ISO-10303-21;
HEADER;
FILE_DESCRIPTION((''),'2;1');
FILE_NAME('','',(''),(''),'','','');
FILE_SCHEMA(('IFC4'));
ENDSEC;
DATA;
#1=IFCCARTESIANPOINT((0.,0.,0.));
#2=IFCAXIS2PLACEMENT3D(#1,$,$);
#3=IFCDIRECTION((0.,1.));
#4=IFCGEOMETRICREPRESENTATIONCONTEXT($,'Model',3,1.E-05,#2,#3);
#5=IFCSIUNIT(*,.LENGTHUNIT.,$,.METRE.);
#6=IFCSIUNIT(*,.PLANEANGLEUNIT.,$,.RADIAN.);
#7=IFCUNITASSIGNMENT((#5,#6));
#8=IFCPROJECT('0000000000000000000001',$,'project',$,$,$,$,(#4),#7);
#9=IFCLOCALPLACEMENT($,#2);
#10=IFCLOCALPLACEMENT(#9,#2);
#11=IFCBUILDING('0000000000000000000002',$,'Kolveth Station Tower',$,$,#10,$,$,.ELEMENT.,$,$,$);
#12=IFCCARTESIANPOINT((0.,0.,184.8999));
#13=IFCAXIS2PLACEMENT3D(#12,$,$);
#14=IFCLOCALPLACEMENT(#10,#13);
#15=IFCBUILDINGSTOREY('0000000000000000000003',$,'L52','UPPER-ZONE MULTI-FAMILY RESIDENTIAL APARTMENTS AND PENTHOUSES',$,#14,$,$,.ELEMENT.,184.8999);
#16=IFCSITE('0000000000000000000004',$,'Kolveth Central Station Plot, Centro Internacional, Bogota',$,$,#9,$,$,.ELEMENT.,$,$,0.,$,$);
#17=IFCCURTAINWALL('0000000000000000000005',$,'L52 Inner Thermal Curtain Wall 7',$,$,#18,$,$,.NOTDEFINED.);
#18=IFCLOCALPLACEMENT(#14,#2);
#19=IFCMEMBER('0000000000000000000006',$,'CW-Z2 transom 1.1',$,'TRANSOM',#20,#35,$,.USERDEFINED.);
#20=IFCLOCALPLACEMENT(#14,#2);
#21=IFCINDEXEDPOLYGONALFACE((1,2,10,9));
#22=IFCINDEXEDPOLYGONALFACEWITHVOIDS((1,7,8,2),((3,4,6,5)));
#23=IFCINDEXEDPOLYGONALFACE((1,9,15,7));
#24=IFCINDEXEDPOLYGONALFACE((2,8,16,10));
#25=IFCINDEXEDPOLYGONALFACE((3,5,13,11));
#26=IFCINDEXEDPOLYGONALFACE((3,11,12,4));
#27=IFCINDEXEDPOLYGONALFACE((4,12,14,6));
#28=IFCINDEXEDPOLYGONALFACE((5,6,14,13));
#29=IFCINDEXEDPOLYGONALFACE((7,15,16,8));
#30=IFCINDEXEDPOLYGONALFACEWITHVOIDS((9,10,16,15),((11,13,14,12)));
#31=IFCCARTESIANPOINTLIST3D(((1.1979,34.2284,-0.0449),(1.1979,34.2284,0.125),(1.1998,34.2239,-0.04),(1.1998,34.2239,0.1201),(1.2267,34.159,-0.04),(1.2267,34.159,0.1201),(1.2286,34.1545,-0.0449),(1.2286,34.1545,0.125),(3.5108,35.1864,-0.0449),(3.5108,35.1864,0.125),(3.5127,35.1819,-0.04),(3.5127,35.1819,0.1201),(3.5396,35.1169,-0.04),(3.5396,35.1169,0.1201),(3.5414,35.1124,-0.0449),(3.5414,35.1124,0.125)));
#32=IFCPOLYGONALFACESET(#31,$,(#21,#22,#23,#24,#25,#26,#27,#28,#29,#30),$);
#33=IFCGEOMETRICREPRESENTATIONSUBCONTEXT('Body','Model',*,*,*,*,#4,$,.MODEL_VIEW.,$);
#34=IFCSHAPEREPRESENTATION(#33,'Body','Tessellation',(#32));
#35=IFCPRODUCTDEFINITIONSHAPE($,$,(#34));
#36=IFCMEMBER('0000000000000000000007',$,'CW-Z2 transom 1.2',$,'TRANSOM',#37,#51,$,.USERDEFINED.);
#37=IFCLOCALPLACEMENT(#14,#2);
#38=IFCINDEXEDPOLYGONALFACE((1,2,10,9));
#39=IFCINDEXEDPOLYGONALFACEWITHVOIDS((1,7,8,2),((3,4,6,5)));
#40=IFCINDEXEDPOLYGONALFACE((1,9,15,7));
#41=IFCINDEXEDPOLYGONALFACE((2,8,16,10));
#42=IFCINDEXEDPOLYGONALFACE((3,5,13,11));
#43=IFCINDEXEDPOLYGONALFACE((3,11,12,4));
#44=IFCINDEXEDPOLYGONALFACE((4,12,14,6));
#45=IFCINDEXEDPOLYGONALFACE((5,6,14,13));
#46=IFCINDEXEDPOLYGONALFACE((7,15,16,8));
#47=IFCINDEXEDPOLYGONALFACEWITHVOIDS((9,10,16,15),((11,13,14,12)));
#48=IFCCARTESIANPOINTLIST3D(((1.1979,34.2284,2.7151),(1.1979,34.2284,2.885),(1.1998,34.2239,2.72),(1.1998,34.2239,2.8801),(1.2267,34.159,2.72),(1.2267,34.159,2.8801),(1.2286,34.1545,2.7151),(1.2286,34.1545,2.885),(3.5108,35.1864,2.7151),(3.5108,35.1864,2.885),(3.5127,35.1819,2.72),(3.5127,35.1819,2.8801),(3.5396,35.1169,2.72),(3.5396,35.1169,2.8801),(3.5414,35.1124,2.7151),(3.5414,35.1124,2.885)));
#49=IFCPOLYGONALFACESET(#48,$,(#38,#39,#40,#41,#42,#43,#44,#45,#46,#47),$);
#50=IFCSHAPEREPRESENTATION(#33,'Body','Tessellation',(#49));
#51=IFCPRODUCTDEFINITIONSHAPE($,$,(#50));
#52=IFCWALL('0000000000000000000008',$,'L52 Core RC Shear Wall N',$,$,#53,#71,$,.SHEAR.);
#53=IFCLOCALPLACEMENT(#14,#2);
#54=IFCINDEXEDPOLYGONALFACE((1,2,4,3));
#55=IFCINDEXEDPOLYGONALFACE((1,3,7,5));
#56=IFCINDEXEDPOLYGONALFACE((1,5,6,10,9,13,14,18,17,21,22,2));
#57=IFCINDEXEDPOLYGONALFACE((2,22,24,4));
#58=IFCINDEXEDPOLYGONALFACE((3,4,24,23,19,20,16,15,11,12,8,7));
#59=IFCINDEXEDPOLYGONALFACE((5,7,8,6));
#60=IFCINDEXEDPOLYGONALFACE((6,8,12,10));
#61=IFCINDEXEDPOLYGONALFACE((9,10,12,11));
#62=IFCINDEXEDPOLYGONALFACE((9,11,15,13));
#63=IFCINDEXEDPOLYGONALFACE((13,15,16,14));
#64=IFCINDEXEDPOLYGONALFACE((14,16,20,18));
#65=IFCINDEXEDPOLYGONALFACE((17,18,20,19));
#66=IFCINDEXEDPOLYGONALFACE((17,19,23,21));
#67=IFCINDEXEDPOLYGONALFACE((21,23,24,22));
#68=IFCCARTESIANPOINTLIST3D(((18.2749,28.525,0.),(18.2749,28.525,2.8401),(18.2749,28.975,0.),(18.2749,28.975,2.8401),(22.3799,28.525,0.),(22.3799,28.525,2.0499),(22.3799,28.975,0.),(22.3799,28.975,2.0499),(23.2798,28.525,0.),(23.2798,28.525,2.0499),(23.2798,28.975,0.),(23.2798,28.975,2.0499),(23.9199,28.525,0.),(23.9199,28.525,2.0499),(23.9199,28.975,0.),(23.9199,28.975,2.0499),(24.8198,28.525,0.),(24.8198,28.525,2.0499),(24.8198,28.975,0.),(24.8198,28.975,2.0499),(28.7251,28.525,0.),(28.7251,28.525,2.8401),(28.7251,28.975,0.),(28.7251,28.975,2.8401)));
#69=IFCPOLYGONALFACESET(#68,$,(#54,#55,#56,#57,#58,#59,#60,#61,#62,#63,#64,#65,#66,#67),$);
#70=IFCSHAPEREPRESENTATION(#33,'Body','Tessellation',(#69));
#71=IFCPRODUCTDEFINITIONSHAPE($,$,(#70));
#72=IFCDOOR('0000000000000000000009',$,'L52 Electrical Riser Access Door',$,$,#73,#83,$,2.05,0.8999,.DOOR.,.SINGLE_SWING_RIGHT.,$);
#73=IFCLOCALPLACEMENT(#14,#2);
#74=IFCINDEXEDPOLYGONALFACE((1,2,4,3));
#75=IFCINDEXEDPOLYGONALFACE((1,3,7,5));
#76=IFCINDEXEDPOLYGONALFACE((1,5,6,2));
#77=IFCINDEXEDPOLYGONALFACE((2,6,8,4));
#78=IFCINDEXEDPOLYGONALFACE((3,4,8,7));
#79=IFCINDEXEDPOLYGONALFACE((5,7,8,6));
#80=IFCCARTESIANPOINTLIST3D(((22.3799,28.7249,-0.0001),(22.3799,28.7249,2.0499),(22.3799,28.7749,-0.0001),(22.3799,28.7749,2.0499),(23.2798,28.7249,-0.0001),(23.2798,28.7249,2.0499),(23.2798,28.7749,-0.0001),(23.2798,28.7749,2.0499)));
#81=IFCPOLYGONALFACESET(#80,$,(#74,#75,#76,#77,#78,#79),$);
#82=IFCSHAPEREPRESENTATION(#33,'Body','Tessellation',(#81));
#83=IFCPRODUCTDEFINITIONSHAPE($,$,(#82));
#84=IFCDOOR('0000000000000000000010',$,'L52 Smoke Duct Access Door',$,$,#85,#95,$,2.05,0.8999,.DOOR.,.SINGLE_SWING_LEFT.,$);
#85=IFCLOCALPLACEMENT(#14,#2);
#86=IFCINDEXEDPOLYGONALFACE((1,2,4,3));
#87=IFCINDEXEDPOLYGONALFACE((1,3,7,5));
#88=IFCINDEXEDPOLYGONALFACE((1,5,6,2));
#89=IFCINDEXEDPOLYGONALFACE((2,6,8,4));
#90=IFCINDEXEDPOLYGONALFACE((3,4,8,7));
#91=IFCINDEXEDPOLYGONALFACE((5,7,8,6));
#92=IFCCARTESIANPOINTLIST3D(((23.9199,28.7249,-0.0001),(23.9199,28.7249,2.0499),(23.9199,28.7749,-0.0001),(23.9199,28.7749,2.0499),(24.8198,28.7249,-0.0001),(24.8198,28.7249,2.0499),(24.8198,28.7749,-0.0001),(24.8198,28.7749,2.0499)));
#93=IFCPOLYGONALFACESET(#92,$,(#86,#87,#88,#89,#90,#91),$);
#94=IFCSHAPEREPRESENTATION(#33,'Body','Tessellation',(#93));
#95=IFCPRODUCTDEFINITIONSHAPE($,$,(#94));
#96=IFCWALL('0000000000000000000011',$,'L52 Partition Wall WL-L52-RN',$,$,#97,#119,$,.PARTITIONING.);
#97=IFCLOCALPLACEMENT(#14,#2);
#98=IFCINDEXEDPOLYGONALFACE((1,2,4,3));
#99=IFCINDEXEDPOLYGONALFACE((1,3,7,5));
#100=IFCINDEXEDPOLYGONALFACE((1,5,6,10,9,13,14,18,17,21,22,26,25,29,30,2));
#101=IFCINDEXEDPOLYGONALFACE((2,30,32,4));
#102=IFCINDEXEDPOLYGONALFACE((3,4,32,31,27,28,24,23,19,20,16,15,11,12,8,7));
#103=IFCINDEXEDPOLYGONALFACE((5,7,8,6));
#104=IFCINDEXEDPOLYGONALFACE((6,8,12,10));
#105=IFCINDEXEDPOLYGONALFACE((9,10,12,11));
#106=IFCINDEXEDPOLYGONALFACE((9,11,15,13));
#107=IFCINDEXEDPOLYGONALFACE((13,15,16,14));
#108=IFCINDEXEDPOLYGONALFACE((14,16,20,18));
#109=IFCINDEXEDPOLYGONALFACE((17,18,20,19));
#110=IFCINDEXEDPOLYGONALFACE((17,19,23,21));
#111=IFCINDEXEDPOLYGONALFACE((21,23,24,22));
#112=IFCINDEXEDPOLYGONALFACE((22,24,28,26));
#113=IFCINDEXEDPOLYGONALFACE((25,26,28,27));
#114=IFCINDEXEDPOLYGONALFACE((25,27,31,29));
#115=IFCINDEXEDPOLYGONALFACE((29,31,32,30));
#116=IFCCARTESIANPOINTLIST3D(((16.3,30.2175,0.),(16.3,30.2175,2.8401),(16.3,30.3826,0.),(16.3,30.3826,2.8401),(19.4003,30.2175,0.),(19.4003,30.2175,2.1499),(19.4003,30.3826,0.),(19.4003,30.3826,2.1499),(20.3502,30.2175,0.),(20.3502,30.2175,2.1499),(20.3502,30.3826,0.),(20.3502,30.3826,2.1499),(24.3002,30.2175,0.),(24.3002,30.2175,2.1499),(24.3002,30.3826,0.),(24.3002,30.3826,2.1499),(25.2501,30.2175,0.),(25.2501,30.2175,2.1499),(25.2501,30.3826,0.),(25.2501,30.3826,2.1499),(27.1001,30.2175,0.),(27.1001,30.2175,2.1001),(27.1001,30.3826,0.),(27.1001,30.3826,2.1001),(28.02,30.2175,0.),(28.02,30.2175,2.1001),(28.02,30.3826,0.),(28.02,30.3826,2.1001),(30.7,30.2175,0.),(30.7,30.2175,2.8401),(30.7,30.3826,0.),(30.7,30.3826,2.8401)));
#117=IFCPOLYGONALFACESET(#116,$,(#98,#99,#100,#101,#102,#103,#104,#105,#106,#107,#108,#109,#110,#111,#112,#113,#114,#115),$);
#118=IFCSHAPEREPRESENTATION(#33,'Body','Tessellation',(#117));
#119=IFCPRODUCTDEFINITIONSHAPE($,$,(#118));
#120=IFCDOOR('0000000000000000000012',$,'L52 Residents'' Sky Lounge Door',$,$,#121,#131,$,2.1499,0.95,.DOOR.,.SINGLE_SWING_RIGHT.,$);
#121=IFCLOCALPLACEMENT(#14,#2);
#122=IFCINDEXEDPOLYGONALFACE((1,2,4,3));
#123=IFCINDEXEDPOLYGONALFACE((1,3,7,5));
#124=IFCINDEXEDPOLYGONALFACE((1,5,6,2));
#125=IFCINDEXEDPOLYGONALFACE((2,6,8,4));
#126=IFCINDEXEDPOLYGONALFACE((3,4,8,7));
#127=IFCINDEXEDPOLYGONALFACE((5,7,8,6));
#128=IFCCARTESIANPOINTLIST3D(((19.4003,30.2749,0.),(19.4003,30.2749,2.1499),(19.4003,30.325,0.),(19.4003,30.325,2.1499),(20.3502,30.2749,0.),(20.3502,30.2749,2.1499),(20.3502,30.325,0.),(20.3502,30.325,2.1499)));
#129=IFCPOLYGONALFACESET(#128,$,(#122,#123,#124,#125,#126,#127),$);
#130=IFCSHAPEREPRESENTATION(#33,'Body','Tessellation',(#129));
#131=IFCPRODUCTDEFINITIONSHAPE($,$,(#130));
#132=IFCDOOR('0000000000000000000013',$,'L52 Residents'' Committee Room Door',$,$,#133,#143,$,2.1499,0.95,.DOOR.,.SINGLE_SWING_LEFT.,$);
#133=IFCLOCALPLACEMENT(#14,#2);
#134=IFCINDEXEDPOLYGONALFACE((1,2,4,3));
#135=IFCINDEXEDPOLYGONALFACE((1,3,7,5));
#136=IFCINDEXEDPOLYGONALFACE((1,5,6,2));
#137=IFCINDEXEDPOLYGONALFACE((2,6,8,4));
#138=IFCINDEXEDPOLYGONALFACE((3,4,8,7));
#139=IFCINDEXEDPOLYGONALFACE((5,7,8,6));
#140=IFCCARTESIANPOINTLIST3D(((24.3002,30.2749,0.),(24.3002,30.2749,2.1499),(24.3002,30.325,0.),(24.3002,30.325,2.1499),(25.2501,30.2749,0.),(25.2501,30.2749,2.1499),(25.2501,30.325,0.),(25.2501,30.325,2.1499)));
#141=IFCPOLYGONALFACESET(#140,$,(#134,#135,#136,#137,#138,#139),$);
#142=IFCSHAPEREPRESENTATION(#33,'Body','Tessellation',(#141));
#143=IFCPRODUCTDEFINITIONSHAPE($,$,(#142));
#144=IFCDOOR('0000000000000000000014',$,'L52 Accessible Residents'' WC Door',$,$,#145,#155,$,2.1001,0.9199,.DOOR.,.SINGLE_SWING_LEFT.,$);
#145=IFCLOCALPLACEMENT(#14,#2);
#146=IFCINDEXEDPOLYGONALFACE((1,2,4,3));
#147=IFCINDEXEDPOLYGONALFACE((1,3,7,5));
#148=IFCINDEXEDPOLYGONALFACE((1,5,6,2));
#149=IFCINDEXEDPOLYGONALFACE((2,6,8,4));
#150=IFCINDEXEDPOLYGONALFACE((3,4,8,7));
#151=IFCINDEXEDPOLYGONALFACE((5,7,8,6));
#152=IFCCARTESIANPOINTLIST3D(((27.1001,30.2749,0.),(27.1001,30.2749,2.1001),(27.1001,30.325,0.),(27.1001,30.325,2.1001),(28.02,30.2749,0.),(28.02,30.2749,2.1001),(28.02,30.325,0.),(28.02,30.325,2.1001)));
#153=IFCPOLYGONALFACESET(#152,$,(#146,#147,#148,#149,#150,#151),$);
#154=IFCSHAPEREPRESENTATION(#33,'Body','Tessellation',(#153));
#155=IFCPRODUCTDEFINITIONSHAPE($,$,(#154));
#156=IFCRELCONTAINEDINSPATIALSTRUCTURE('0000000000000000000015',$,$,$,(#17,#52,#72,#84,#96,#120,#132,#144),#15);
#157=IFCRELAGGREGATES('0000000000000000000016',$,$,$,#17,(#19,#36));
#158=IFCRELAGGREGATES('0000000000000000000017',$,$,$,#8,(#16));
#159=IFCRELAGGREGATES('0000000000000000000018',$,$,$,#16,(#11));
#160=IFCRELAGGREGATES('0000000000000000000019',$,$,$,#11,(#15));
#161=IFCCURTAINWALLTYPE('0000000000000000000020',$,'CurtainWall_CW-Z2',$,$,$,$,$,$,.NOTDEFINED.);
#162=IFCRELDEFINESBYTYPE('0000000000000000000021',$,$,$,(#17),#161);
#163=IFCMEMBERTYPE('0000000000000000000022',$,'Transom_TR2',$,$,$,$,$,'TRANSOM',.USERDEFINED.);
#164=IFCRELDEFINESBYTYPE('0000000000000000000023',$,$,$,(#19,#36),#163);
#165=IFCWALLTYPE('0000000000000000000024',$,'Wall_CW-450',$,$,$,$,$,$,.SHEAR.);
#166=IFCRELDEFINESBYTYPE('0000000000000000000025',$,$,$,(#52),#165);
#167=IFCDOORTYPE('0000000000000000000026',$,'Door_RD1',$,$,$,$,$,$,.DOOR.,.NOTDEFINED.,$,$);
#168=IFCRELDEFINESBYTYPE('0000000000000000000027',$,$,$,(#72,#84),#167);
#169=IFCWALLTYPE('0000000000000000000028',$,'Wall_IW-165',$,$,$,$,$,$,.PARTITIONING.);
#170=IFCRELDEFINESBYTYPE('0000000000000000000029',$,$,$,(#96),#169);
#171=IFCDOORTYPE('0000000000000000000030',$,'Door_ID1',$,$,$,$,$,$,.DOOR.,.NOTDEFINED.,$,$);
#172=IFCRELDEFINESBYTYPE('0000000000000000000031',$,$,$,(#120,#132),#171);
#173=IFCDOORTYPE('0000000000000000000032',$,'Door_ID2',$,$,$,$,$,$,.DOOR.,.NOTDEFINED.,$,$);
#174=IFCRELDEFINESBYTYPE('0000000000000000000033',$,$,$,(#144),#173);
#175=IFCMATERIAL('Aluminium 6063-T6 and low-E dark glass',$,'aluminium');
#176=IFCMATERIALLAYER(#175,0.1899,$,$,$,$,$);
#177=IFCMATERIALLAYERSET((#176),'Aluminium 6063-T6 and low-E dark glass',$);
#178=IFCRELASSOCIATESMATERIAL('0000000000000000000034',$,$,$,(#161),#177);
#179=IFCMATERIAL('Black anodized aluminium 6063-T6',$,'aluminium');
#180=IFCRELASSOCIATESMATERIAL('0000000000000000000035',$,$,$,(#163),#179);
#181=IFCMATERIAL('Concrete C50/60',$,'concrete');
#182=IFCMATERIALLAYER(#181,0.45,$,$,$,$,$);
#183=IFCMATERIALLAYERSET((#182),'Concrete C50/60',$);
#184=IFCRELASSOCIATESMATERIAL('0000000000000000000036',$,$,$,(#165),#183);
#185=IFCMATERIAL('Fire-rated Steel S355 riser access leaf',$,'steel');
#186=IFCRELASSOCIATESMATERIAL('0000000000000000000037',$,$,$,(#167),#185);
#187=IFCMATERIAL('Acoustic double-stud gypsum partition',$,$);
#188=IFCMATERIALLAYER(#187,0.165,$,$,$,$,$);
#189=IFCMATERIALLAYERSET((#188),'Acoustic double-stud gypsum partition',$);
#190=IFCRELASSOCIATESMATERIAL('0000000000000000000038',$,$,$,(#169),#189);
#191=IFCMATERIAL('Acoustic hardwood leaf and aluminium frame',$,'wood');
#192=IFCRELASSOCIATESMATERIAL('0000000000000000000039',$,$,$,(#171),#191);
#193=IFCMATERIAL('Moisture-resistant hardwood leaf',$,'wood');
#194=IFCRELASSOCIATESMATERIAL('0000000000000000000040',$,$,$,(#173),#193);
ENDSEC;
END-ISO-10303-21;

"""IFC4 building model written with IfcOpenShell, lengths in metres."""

from ifc_helpers import new_model, si_unit, direction, frame, frame_2d, origin, origin_2d, place, context, subcontext, project, spatial, rectangle, hollow_rectangle, extrude, source, transform, mapped, material, layer, layer_set, material_profile, profile_set, type_object, element, fill, aggregate, save


model = new_model("IFC4")

# Units and contexts
model_context = context("Model", 3, precision=1e-05, world=origin(), true_north=direction((0.0, 1.0)))
body_context = subcontext(model_context, "Body", "Model", "MODEL_VIEW")
ifc_project = project(units=[si_unit("LENGTHUNIT", "METRE"), si_unit("PLANEANGLEUNIT", "RADIAN")], contexts=[model_context])

# Site, building, storey
site_placement = place(None, origin())
site = spatial("IfcSite", under=ifc_project, at=site_placement, Name="Kolveth Central Station Plot, Centro Internacional, Bogota", CompositionType="ELEMENT", RefElevation=0.0)
building_placement = place(site_placement, origin())
building = spatial("IfcBuilding", under=site, at=building_placement, Name="Kolveth Station Tower", CompositionType="ELEMENT")
storey_placement = place(building_placement, frame((0.0, 0.0, 184.8999)))
storey = spatial("IfcBuildingStorey", under=building, at=storey_placement, Name="L52", Description="UPPER-ZONE MULTI-FAMILY RESIDENTIAL APARTMENTS AND PENTHOUSES", CompositionType="ELEMENT", Elevation=184.8999)

# Shared definitions
ifc_material_1 = material(Name="Aluminium 6063-T6 and low-E dark glass", Category="aluminium")
ifc_layer_1 = layer(ifc_material_1, 0.1899)
ifc_layer_set_1 = layer_set([ifc_layer_1], Name="Aluminium 6063-T6 and low-E dark glass")
curtain_wall_type = type_object("IfcCurtainWallType", Name="CurtainWall_CW-Z2", PredefinedType="NOTDEFINED", material=ifc_layer_set_1)
ifc_material_2 = material(Name="Black anodized aluminium 6063-T6", Category="aluminium")

# Curtain wall, members
curtain_wall_1_placement = place(storey_placement, origin())
curtain_wall_1 = element("IfcCurtainWall", 1, at=curtain_wall_1_placement, inside=storey, type_object=curtain_wall_type, Name="L52 Inner Thermal Curtain Wall 7", PredefinedType="NOTDEFINED")
ifc_material_profile_1 = material_profile(ifc_material_2, hollow_rectangle(XDim=0.0801, YDim=0.1699, WallThickness=0.0049, at=origin_2d()), Name="ALU-80x170x5")
ifc_profile_set_1 = profile_set([ifc_material_profile_1], Name="Black anodized aluminium 6063-T6")
member_type_1 = type_object("IfcMemberType", Name="Transom_TR2", ElementType="TRANSOM", PredefinedType="USERDEFINED", material=ifc_profile_set_1)
shared_shape_1 = source(origin(), body_context, "Body", "SweptSolid", [
    extrude(hollow_rectangle(XDim=0.0801, YDim=0.1699, WallThickness=0.0049, at=origin_2d()), origin(), (0.0, 0.0, 1.0), 2.5034),
])
member_1_placement = place(storey_placement, frame((3.5261, 35.1494, 0.04), z_axis=(-0.923888, -0.382662, 0.0), x_axis=(0.382662, -0.923888, 0.0)))
member_1 = element("IfcMember", 2, at=member_1_placement, type_object=member_type_1, Name="CW-Z2 transom 1.1", ObjectType="TRANSOM", PredefinedType="USERDEFINED", context=body_context, shape_type="MappedRepresentation", body=[
    mapped(shared_shape_1, transform((0.0, 0.0, 0.0), x_axis=(1.0, 0.0, 0.0), y_axis=(0.0, 1.0, 0.0), z_axis=(0.0, 0.0, 1.0), scale=1.0)),
])
member_2_placement = place(storey_placement, frame((3.5261, 35.1494, 2.8), z_axis=(-0.923888, -0.382662, 0.0), x_axis=(0.382662, -0.923888, 0.0)))
member_2 = element("IfcMember", 3, at=member_2_placement, type_object=member_type_1, Name="CW-Z2 transom 1.2", ObjectType="TRANSOM", PredefinedType="USERDEFINED", context=body_context, shape_type="MappedRepresentation", body=[
    mapped(shared_shape_1, transform((0.0, 0.0, 0.0), x_axis=(1.0, 0.0, 0.0), y_axis=(0.0, 1.0, 0.0), z_axis=(0.0, 0.0, 1.0), scale=1.0)),
])
aggregate(curtain_wall_1, [member_1, member_2])

# Walls, openings, doors
ifc_material_3 = material(Name="Concrete C50/60", Category="concrete")
ifc_layer_2 = layer(ifc_material_3, 0.45)
ifc_layer_set_2 = layer_set([ifc_layer_2], Name="Concrete C50/60")
wall_type_1 = type_object("IfcWallType", Name="Wall_CW-450", PredefinedType="SHEAR", material=ifc_layer_set_2)
wall_1_placement = place(storey_placement, frame((18.2749, 28.75, 0.0), z_axis=(0.0, 0.0, 1.0), x_axis=(1.0, 0.0, 0.0)))
wall_1 = element("IfcWall", 4, at=wall_1_placement, inside=storey, type_object=wall_type_1, Name="L52 Core RC Shear Wall N", PredefinedType="SHEAR", context=body_context, shape_type="SweptSolid", body=[
    extrude(rectangle(XDim=10.4502, YDim=0.45, at=frame_2d((5.2251, 0.0))), origin(), (0.0, 0.0, 1.0), 2.8401),
])
opening_1_placement = place(wall_1_placement, frame((4.105, 0.0, 0.0)))
opening_1 = element("IfcOpeningElement", 5, at=opening_1_placement, cuts=wall_1, PredefinedType="OPENING", context=body_context, shape_type="SweptSolid", body=[
    extrude(rectangle(XDim=0.8999, YDim=2.05, at=frame_2d((0.45, 1.0249))), frame((0.0, 0.2349, 0.0), z_axis=(0.0, -1.0, 0.0), x_axis=(1.0, 0.0, 0.0)), (0.0, 0.0, 1.0), 0.47),
])
opening_2_placement = place(wall_1_placement, frame((5.645, 0.0, 0.0)))
opening_2 = element("IfcOpeningElement", 6, at=opening_2_placement, cuts=wall_1, PredefinedType="OPENING", context=body_context, shape_type="SweptSolid", body=[
    extrude(rectangle(XDim=0.8999, YDim=2.05, at=frame_2d((0.45, 1.0249))), frame((0.0, 0.2349, 0.0), z_axis=(0.0, -1.0, 0.0), x_axis=(1.0, 0.0, 0.0)), (0.0, 0.0, 1.0), 0.47),
])
ifc_material_4 = material(Name="Fire-rated Steel S355 riser access leaf", Category="steel")
door_type_1 = type_object("IfcDoorType", Name="Door_RD1", OperationType="NOTDEFINED", PredefinedType="DOOR", material=ifc_material_4)
door_1_placement = place(opening_1_placement, origin())
door_1 = element("IfcDoor", 7, at=door_1_placement, inside=storey, type_object=door_type_1, Name="L52 Electrical Riser Access Door", OperationType="SINGLE_SWING_RIGHT", OverallHeight=2.05, OverallWidth=0.8999, PredefinedType="DOOR", context=body_context, shape_type="SweptSolid", body=[
    extrude(rectangle(XDim=0.8999, YDim=2.05, at=frame_2d((0.45, 1.0249))), frame((0.0, 0.0249, 0.0), z_axis=(0.0, -1.0, 0.0), x_axis=(1.0, 0.0, 0.0)), (0.0, 0.0, 1.0), 0.05),
])
fill(opening_1, door_1)
door_2_placement = place(opening_2_placement, origin())
door_2 = element("IfcDoor", 8, at=door_2_placement, inside=storey, type_object=door_type_1, Name="L52 Smoke Duct Access Door", OperationType="SINGLE_SWING_LEFT", OverallHeight=2.05, OverallWidth=0.8999, PredefinedType="DOOR", context=body_context, shape_type="SweptSolid", body=[
    extrude(rectangle(XDim=0.8999, YDim=2.05, at=frame_2d((0.45, 1.0249))), frame((0.0, 0.0249, 0.0), z_axis=(0.0, -1.0, 0.0), x_axis=(1.0, 0.0, 0.0)), (0.0, 0.0, 1.0), 0.05),
])
fill(opening_2, door_2)
ifc_material_5 = material(Name="Acoustic double-stud gypsum partition")
ifc_layer_3 = layer(ifc_material_5, 0.165)
ifc_layer_set_3 = layer_set([ifc_layer_3], Name="Acoustic double-stud gypsum partition")
wall_type_2 = type_object("IfcWallType", Name="Wall_IW-165", PredefinedType="PARTITIONING", material=ifc_layer_set_3)
wall_2_placement = place(storey_placement, frame((16.3, 30.3, 0.0), z_axis=(0.0, 0.0, 1.0), x_axis=(1.0, 0.0, 0.0)))
wall_2 = element("IfcWall", 9, at=wall_2_placement, inside=storey, type_object=wall_type_2, Name="L52 Partition Wall WL-L52-RN", PredefinedType="PARTITIONING", context=body_context, shape_type="SweptSolid", body=[
    extrude(rectangle(XDim=14.3999, YDim=0.165, at=frame_2d((7.2, 0.0))), origin(), (0.0, 0.0, 1.0), 2.8401),
])
opening_3_placement = place(wall_2_placement, frame((3.1001, 0.0, 0.0)))
opening_3 = element("IfcOpeningElement", 10, at=opening_3_placement, cuts=wall_2, PredefinedType="OPENING", context=body_context, shape_type="SweptSolid", body=[
    extrude(rectangle(XDim=0.95, YDim=2.1499, at=frame_2d((0.4751, 1.075))), frame((0.0, 0.0925, 0.0), z_axis=(0.0, -1.0, 0.0), x_axis=(1.0, 0.0, 0.0)), (0.0, 0.0, 1.0), 0.1851),
])
opening_4_placement = place(wall_2_placement, frame((8.0, 0.0, 0.0)))
opening_4 = element("IfcOpeningElement", 11, at=opening_4_placement, cuts=wall_2, PredefinedType="OPENING", context=body_context, shape_type="SweptSolid", body=[
    extrude(rectangle(XDim=0.95, YDim=2.1499, at=frame_2d((0.4751, 1.075))), frame((0.0, 0.0925, 0.0), z_axis=(0.0, -1.0, 0.0), x_axis=(1.0, 0.0, 0.0)), (0.0, 0.0, 1.0), 0.1851),
])
opening_5_placement = place(wall_2_placement, frame((10.8, 0.0, 0.0)))
opening_5 = element("IfcOpeningElement", 12, at=opening_5_placement, cuts=wall_2, PredefinedType="OPENING", context=body_context, shape_type="SweptSolid", body=[
    extrude(rectangle(XDim=0.9199, YDim=2.1001, at=frame_2d((0.46, 1.05))), frame((0.0, 0.0925, 0.0), z_axis=(0.0, -1.0, 0.0), x_axis=(1.0, 0.0, 0.0)), (0.0, 0.0, 1.0), 0.1851),
])
ifc_material_6 = material(Name="Acoustic hardwood leaf and aluminium frame", Category="wood")
door_type_2 = type_object("IfcDoorType", Name="Door_ID1", OperationType="NOTDEFINED", PredefinedType="DOOR", material=ifc_material_6)
door_3_placement = place(opening_3_placement, origin())
door_3 = element("IfcDoor", 13, at=door_3_placement, inside=storey, type_object=door_type_2, Name="L52 Residents' Sky Lounge Door", OperationType="SINGLE_SWING_RIGHT", OverallHeight=2.1499, OverallWidth=0.95, PredefinedType="DOOR", context=body_context, shape_type="SweptSolid", body=[
    extrude(rectangle(XDim=0.95, YDim=2.1499, at=frame_2d((0.4751, 1.075))), frame((0.0, 0.0249, 0.0), z_axis=(0.0, -1.0, 0.0), x_axis=(1.0, 0.0, 0.0)), (0.0, 0.0, 1.0), 0.05),
])
fill(opening_3, door_3)
door_4_placement = place(opening_4_placement, origin())
door_4 = element("IfcDoor", 14, at=door_4_placement, inside=storey, type_object=door_type_2, Name="L52 Residents' Committee Room Door", OperationType="SINGLE_SWING_LEFT", OverallHeight=2.1499, OverallWidth=0.95, PredefinedType="DOOR", context=body_context, shape_type="SweptSolid", body=[
    extrude(rectangle(XDim=0.95, YDim=2.1499, at=frame_2d((0.4751, 1.075))), frame((0.0, 0.0249, 0.0), z_axis=(0.0, -1.0, 0.0), x_axis=(1.0, 0.0, 0.0)), (0.0, 0.0, 1.0), 0.05),
])
fill(opening_4, door_4)
ifc_material_7 = material(Name="Moisture-resistant hardwood leaf", Category="wood")
door_type_3 = type_object("IfcDoorType", Name="Door_ID2", OperationType="NOTDEFINED", PredefinedType="DOOR", material=ifc_material_7)
door_5_placement = place(opening_5_placement, origin())
door_5 = element("IfcDoor", 15, at=door_5_placement, inside=storey, type_object=door_type_3, Name="L52 Accessible Residents' WC Door", OperationType="SINGLE_SWING_LEFT", OverallHeight=2.1001, OverallWidth=0.9199, PredefinedType="DOOR", context=body_context, shape_type="SweptSolid", body=[
    extrude(rectangle(XDim=0.9199, YDim=2.1001, at=frame_2d((0.46, 1.05))), frame((0.0, 0.0249, 0.0), z_axis=(0.0, -1.0, 0.0), x_axis=(1.0, 0.0, 0.0)), (0.0, 0.0, 1.0), 0.05),
])
fill(opening_5, door_5)

save(model, "model.ifc")
